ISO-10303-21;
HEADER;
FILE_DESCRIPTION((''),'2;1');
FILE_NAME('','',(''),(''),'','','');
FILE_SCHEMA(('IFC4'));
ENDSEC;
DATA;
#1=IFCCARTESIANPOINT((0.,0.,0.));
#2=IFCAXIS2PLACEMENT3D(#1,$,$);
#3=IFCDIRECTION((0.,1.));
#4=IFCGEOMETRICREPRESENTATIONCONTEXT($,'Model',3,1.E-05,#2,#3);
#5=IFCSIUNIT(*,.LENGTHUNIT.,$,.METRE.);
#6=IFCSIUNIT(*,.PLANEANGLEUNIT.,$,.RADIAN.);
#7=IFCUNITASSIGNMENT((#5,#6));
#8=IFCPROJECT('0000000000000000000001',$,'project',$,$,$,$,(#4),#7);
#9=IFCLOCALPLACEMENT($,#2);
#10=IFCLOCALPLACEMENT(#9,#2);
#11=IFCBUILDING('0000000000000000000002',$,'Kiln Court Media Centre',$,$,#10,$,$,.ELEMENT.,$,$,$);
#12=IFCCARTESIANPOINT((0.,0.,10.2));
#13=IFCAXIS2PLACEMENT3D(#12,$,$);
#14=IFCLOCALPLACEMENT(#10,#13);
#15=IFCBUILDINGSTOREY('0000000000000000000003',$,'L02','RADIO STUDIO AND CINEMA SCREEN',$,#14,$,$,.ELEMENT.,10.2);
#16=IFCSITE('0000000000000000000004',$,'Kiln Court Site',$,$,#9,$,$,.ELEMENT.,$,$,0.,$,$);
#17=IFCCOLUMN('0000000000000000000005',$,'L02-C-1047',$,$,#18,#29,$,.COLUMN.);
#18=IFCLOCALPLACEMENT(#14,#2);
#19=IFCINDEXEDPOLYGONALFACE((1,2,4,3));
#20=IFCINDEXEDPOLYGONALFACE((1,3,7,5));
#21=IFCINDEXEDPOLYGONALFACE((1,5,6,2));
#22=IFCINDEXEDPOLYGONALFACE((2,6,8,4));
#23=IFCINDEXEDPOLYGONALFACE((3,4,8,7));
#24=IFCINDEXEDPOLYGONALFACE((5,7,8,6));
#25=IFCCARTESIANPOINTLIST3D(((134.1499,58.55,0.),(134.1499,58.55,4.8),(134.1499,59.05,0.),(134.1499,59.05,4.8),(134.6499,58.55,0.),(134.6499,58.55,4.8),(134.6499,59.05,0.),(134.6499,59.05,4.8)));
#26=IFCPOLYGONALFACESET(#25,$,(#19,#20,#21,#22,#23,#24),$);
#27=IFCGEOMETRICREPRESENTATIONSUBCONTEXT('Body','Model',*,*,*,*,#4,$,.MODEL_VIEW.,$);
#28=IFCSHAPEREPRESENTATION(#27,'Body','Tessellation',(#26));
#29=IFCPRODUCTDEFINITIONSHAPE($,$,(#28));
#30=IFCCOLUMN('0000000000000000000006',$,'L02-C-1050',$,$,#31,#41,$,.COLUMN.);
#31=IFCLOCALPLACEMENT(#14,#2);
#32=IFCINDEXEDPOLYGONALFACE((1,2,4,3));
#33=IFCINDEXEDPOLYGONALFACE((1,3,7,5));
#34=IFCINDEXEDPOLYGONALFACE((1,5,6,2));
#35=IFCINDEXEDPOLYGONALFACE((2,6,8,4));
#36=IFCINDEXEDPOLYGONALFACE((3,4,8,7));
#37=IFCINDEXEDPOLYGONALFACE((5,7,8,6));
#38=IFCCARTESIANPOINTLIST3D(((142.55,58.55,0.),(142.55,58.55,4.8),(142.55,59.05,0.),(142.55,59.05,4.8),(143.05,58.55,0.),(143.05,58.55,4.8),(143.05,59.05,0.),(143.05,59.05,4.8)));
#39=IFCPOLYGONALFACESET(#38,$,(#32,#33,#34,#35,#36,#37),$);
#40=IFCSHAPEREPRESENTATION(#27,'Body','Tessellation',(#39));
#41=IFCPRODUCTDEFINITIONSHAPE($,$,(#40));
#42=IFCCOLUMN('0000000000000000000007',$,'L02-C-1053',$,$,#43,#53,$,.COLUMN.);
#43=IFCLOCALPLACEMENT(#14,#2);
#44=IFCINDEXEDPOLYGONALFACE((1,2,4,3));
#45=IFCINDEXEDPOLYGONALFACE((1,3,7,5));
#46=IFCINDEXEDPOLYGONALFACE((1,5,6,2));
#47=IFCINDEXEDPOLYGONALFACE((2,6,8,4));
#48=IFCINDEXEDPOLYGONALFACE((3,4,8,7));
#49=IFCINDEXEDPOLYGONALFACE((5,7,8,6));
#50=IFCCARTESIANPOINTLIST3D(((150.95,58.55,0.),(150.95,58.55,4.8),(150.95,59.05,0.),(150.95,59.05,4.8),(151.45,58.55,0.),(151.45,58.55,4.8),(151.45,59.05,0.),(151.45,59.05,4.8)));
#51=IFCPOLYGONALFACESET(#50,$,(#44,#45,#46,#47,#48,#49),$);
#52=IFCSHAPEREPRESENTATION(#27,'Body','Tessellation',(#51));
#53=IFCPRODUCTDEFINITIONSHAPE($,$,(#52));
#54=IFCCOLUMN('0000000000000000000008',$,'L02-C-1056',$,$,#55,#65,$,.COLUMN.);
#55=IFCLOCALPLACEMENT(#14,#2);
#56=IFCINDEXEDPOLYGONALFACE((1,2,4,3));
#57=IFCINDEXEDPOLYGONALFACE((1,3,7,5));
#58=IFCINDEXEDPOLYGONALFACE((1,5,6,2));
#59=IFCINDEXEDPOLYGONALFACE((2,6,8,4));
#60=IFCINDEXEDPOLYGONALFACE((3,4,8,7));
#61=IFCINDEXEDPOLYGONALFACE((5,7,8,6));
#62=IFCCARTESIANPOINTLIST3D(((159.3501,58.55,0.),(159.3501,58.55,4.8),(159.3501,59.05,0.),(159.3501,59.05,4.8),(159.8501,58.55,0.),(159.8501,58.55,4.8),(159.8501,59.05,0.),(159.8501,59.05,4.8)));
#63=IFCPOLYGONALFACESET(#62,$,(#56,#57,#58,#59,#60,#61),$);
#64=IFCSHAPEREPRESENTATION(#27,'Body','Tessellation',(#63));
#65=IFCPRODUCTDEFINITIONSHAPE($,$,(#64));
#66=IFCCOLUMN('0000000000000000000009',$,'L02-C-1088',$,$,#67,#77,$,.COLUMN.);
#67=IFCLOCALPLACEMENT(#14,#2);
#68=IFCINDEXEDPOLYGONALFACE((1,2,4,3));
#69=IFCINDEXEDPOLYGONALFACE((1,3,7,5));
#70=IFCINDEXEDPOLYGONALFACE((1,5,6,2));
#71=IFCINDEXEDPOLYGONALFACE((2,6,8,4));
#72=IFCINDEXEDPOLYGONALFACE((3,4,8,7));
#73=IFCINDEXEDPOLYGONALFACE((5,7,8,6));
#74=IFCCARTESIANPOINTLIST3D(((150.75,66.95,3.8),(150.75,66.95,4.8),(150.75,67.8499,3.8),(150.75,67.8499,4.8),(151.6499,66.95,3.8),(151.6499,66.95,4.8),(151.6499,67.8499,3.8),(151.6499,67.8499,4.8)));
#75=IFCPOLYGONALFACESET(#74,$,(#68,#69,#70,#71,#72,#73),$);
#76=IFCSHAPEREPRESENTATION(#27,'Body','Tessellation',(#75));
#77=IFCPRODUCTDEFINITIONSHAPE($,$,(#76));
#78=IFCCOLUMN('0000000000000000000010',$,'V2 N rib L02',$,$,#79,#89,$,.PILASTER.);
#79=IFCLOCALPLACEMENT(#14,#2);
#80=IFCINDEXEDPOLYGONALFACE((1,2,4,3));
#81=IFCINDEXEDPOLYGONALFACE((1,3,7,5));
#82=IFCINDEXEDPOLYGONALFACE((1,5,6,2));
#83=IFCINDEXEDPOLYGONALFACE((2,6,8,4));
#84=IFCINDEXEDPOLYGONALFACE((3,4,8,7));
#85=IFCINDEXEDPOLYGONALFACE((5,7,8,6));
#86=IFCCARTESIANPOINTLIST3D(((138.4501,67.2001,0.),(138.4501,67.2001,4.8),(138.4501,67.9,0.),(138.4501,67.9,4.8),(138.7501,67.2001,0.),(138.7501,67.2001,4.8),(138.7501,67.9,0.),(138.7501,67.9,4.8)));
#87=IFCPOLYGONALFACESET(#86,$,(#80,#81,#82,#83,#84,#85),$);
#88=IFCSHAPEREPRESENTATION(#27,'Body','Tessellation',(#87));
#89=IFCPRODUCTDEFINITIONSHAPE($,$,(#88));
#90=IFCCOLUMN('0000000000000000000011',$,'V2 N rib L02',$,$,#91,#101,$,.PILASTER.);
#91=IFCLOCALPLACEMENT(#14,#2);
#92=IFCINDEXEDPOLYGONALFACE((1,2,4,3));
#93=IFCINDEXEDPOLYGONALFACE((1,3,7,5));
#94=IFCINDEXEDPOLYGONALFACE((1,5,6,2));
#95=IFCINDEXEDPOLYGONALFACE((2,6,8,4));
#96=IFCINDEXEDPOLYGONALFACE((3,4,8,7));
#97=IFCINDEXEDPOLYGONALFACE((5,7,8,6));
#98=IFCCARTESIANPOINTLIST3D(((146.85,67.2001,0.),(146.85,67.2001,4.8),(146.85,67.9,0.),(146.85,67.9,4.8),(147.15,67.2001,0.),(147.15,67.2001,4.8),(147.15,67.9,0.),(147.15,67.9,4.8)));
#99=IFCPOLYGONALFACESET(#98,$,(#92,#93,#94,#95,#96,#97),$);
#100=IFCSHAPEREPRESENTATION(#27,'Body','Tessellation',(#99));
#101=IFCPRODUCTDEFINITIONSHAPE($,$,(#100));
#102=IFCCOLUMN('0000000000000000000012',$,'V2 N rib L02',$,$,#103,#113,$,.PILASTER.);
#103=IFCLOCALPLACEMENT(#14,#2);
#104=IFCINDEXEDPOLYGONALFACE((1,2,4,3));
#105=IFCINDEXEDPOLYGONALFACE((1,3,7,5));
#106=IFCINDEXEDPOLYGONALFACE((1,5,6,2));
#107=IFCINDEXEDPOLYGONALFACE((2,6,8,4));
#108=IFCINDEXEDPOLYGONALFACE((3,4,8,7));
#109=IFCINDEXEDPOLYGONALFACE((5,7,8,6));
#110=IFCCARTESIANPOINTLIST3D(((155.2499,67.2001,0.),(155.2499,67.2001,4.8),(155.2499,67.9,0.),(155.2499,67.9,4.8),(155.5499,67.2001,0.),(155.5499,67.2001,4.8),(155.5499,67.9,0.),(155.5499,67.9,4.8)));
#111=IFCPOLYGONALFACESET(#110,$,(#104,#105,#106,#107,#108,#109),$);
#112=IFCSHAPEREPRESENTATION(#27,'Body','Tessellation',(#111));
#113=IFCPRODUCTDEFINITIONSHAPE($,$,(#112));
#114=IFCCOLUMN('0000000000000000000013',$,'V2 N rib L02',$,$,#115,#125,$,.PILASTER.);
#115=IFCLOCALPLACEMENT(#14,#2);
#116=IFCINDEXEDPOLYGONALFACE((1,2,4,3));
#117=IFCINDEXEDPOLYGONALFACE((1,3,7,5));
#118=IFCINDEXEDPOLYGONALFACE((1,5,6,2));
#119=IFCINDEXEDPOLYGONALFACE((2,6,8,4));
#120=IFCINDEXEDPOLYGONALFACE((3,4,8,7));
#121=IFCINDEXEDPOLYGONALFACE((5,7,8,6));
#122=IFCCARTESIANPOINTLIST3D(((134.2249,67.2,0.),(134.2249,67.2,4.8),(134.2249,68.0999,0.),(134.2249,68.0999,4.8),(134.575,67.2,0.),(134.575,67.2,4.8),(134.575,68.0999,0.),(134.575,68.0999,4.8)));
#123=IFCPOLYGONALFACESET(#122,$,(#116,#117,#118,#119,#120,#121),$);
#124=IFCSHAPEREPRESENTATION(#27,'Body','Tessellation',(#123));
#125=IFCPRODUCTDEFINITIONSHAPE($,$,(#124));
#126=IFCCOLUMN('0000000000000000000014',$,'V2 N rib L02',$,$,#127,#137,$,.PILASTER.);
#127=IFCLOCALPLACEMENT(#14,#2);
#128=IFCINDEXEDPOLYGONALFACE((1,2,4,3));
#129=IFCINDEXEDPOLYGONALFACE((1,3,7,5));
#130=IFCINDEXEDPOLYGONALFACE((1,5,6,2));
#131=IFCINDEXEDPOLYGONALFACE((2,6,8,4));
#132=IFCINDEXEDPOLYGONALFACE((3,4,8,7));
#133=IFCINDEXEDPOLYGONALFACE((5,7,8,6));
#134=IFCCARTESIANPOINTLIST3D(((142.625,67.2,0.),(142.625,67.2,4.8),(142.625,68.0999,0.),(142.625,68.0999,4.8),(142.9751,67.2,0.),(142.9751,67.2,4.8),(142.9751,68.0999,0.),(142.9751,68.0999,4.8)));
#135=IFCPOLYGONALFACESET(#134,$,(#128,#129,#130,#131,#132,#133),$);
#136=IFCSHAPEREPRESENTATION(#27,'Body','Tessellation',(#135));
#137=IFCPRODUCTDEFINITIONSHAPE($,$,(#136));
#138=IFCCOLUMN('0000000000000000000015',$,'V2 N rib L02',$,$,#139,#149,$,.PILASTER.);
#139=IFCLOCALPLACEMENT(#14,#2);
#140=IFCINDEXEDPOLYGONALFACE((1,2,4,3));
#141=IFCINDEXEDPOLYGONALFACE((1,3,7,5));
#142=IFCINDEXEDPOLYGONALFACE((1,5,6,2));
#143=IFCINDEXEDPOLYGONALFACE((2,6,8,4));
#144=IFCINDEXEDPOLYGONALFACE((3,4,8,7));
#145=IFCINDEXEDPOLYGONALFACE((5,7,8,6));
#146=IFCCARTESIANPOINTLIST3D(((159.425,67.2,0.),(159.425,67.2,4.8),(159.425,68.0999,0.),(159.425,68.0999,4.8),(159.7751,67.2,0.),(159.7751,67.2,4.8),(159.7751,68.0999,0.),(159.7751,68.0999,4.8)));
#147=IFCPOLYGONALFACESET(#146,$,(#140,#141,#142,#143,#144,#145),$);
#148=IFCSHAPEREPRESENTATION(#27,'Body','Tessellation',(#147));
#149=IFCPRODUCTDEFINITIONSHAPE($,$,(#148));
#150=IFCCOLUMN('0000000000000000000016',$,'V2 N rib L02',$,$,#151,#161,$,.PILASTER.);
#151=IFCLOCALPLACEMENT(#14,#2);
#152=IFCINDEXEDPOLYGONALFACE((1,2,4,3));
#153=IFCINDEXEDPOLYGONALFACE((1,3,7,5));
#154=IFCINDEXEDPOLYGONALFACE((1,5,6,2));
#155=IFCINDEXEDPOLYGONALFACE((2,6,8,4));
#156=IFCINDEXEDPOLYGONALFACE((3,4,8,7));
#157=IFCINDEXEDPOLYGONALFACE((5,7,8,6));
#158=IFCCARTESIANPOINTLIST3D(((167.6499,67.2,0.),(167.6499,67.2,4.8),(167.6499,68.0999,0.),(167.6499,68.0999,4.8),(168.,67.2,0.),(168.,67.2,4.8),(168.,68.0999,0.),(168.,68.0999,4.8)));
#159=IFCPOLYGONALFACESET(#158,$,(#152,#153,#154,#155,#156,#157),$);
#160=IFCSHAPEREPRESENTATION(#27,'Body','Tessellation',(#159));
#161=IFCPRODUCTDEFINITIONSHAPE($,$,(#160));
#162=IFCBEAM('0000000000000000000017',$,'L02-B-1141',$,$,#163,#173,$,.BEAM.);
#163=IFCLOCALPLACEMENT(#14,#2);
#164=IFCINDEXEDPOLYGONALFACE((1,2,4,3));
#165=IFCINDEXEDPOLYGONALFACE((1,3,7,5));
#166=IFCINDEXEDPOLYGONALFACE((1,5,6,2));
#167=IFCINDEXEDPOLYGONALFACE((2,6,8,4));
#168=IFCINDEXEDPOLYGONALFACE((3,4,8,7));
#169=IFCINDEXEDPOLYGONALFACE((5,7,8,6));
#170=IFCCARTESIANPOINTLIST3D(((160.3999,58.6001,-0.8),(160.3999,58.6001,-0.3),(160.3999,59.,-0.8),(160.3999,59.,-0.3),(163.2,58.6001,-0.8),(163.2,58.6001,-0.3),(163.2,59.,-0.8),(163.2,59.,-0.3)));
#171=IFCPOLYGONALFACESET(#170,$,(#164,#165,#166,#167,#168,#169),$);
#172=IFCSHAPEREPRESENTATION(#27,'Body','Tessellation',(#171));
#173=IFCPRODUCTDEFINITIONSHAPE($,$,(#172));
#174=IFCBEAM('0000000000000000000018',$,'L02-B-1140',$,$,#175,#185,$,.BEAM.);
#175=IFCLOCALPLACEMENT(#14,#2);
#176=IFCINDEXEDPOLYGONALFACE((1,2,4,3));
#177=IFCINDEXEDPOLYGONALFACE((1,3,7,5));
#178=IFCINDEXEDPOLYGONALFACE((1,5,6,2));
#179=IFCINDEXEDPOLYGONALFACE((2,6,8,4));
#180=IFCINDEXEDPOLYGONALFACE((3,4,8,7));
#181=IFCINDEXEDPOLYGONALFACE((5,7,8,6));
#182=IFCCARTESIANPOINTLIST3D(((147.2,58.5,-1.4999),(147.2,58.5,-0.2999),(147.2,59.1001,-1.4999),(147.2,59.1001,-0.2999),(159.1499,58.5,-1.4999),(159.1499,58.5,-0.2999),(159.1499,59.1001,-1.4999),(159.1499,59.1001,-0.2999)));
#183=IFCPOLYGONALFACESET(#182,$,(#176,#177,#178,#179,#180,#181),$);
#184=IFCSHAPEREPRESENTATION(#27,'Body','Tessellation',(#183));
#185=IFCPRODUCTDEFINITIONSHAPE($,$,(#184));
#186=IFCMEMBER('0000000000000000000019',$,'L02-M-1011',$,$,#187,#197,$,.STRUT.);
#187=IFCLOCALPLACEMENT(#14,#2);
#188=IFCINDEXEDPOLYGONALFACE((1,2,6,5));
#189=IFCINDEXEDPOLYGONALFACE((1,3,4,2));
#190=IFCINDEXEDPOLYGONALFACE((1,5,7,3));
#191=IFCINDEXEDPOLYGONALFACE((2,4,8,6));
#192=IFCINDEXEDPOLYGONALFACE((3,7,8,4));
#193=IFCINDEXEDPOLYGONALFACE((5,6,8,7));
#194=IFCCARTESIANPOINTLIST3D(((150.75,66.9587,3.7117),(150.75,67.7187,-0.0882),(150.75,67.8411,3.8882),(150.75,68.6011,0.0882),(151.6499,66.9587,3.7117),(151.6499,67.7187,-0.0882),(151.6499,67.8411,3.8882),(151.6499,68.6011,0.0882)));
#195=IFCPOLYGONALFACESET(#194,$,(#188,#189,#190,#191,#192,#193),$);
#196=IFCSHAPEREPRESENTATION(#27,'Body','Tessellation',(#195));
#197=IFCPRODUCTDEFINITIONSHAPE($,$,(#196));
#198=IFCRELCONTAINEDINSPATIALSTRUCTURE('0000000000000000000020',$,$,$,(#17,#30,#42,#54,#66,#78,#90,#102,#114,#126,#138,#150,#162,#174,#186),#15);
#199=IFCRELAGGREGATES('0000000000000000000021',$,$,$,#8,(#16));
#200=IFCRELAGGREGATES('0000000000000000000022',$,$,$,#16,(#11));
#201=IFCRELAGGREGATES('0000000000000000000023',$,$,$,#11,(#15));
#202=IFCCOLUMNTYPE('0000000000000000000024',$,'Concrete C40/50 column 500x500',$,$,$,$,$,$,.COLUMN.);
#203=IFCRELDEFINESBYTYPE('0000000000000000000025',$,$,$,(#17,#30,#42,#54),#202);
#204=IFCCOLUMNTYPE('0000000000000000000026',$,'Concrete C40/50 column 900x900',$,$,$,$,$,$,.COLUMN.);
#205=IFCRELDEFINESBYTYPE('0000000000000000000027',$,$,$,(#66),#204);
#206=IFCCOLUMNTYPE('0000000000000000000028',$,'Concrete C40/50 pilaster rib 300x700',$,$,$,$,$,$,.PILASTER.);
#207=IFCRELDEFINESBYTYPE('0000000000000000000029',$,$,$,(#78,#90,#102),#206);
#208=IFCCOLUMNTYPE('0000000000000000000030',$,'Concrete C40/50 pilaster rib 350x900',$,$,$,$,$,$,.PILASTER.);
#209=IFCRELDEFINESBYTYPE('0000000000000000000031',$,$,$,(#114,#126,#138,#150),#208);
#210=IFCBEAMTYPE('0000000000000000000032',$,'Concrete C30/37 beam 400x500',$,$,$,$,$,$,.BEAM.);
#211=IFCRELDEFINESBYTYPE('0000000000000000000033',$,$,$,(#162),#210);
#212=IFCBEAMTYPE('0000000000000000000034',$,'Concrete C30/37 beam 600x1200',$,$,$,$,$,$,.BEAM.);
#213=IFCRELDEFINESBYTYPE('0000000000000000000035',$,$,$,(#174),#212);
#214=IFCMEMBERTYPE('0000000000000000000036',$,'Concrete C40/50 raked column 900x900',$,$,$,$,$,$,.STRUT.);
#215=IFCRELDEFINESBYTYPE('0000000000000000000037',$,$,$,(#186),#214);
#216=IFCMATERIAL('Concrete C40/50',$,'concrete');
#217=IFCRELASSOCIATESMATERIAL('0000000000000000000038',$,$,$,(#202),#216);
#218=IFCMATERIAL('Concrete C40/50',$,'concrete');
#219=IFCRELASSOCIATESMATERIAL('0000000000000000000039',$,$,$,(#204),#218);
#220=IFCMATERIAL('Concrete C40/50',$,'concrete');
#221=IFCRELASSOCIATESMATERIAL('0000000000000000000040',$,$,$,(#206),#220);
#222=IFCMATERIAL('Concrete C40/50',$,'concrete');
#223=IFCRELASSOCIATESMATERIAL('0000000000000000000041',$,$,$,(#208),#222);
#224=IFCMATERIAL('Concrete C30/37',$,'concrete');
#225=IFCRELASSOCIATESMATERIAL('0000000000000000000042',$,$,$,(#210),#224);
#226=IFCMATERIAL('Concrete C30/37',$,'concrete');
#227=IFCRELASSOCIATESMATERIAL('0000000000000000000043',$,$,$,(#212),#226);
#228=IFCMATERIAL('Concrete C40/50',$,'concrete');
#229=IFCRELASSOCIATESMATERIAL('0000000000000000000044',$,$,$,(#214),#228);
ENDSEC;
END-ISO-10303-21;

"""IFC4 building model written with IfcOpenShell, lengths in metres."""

from ifc_helpers import new_model, si_unit, direction, frame, origin, origin_2d, place, context, subcontext, project, spatial, rectangle, extrude, material, material_profile, profile_set, type_object, element, save


model = new_model("IFC4")

# Units and contexts
model_context = context("Model", 3, precision=1e-05, world=origin(), true_north=direction((0.0, 1.0)))
body_context = subcontext(model_context, "Body", "Model", "MODEL_VIEW")
ifc_project = project(units=[si_unit("LENGTHUNIT", "METRE"), si_unit("PLANEANGLEUNIT", "RADIAN")], contexts=[model_context])

# Site, building, storey
site_placement = place(None, origin())
site = spatial("IfcSite", under=ifc_project, at=site_placement, Name="Kiln Court Site", CompositionType="ELEMENT", RefElevation=0.0)
building_placement = place(site_placement, origin())
building = spatial("IfcBuilding", under=site, at=building_placement, Name="Kiln Court Media Centre", CompositionType="ELEMENT")
storey_placement = place(building_placement, frame((0.0, 0.0, 10.2)))
storey = spatial("IfcBuildingStorey", under=building, at=storey_placement, Name="L02", Description="RADIO STUDIO AND CINEMA SCREEN", CompositionType="ELEMENT", Elevation=10.2)

# Columns
ifc_material_1 = material(Name="Concrete C40/50", Category="concrete")
ifc_material_profile_1 = material_profile(ifc_material_1, rectangle(XDim=0.5, YDim=0.5, at=origin_2d()), Name="RC 500x500")
ifc_profile_set_1 = profile_set([ifc_material_profile_1], Name="Concrete C40/50")
column_type_1 = type_object("IfcColumnType", Name="Concrete C40/50 column 500x500", PredefinedType="COLUMN", material=ifc_profile_set_1)
for number, where, z_axis, x_axis, name in (
    (1, (134.3999, 58.8, 0.0), (0.0, 0.0, 1.0), (1.0, 0.0, 0.0), "L02-C-1047"),
    (2, (142.8, 58.8, 0.0), (0.0, 0.0, 1.0), (1.0, 0.0, 0.0), "L02-C-1050"),
    (3, (151.2, 58.8, 0.0), (0.0, 0.0, 1.0), (1.0, 0.0, 0.0), "L02-C-1053"),
    (4, (159.6001, 58.8, 0.0), (0.0, 0.0, 1.0), (1.0, 0.0, 0.0), "L02-C-1056"),
):
    element("IfcColumn", number, at=place(storey_placement, frame(where, z_axis=z_axis, x_axis=x_axis)), inside=storey, type_object=column_type_1, Name=name, PredefinedType="COLUMN", context=body_context, shape_type="SweptSolid", body=[
        extrude(rectangle(XDim=0.5, YDim=0.5, at=origin_2d()), origin(), (0.0, 0.0, 1.0), 4.8),
    ])
ifc_material_2 = material(Name="Concrete C40/50", Category="concrete")
ifc_material_profile_2 = material_profile(ifc_material_2, rectangle(XDim=0.8999, YDim=0.8999, at=origin_2d()), Name="RC 900x900")
ifc_profile_set_2 = profile_set([ifc_material_profile_2], Name="Concrete C40/50")
column_type_2 = type_object("IfcColumnType", Name="Concrete C40/50 column 900x900", PredefinedType="COLUMN", material=ifc_profile_set_2)
column_placement = place(storey_placement, frame((151.2, 67.3999, 3.8), z_axis=(0.0, 0.0, 1.0), x_axis=(1.0, 0.0, 0.0)))
element("IfcColumn", 5, at=column_placement, inside=storey, type_object=column_type_2, Name="L02-C-1088", PredefinedType="COLUMN", context=body_context, shape_type="SweptSolid", body=[
    extrude(rectangle(XDim=0.8999, YDim=0.8999, at=origin_2d()), origin(), (0.0, 0.0, 1.0), 1.0),
])
ifc_material_3 = material(Name="Concrete C40/50", Category="concrete")
ifc_material_profile_3 = material_profile(ifc_material_3, rectangle(XDim=0.3, YDim=0.7, at=origin_2d()), Name="RC 300x700")
ifc_profile_set_3 = profile_set([ifc_material_profile_3], Name="Concrete C40/50")
column_type_3 = type_object("IfcColumnType", Name="Concrete C40/50 pilaster rib 300x700", PredefinedType="PILASTER", material=ifc_profile_set_3)
for number, where, z_axis, x_axis, name in (
    (6, (138.6001, 67.55, 0.0), (0.0, 0.0, 1.0), (1.0, 0.0, 0.0), "V2 N rib L02"),
    (7, (147.0, 67.55, 0.0), (0.0, 0.0, 1.0), (1.0, 0.0, 0.0), "V2 N rib L02"),
    (8, (155.3999, 67.55, 0.0), (0.0, 0.0, 1.0), (1.0, 0.0, 0.0), "V2 N rib L02"),
):
    element("IfcColumn", number, at=place(storey_placement, frame(where, z_axis=z_axis, x_axis=x_axis)), inside=storey, type_object=column_type_3, Name=name, PredefinedType="PILASTER", context=body_context, shape_type="SweptSolid", body=[
        extrude(rectangle(XDim=0.3, YDim=0.7, at=origin_2d()), origin(), (0.0, 0.0, 1.0), 4.8),
    ])
ifc_material_4 = material(Name="Concrete C40/50", Category="concrete")
ifc_material_profile_4 = material_profile(ifc_material_4, rectangle(XDim=0.3501, YDim=0.8999, at=origin_2d()), Name="RC 350x900")
ifc_profile_set_4 = profile_set([ifc_material_profile_4], Name="Concrete C40/50")
column_type_4 = type_object("IfcColumnType", Name="Concrete C40/50 pilaster rib 350x900", PredefinedType="PILASTER", material=ifc_profile_set_4)
for number, where, z_axis, x_axis, name in (
    (9, (134.3999, 67.6499, 0.0), (0.0, 0.0, 1.0), (1.0, 0.0, 0.0), "V2 N rib L02"),
    (10, (142.8, 67.6499, 0.0), (0.0, 0.0, 1.0), (1.0, 0.0, 0.0), "V2 N rib L02"),
    (11, (159.6001, 67.6499, 0.0), (0.0, 0.0, 1.0), (1.0, 0.0, 0.0), "V2 N rib L02"),
    (12, (167.825, 67.6499, 0.0), (0.0, 0.0, 1.0), (1.0, 0.0, 0.0), "V2 N rib L02"),
):
    element("IfcColumn", number, at=place(storey_placement, frame(where, z_axis=z_axis, x_axis=x_axis)), inside=storey, type_object=column_type_4, Name=name, PredefinedType="PILASTER", context=body_context, shape_type="SweptSolid", body=[
        extrude(rectangle(XDim=0.3501, YDim=0.8999, at=origin_2d()), origin(), (0.0, 0.0, 1.0), 4.8),
    ])

# Beams
ifc_material_5 = material(Name="Concrete C30/37", Category="concrete")
ifc_material_profile_5 = material_profile(ifc_material_5, rectangle(XDim=0.3999, YDim=0.5, at=origin_2d()), Name="RC 400x500")
ifc_profile_set_5 = profile_set([ifc_material_profile_5], Name="Concrete C30/37")
beam_type_1 = type_object("IfcBeamType", Name="Concrete C30/37 beam 400x500", PredefinedType="BEAM", material=ifc_profile_set_5)
beam_1_placement = place(storey_placement, frame((160.3999, 58.8, -0.55), z_axis=(1.0, 0.0, 0.0), x_axis=(0.0, 1.0, 0.0)))
element("IfcBeam", 13, at=beam_1_placement, inside=storey, type_object=beam_type_1, Name="L02-B-1141", PredefinedType="BEAM", context=body_context, shape_type="SweptSolid", body=[
    extrude(rectangle(XDim=0.3999, YDim=0.5, at=origin_2d()), origin(), (0.0, 0.0, 1.0), 2.8),
])
ifc_material_6 = material(Name="Concrete C30/37", Category="concrete")
ifc_material_profile_6 = material_profile(ifc_material_6, rectangle(XDim=0.6001, YDim=1.2, at=origin_2d()), Name="RC 600x1200")
ifc_profile_set_6 = profile_set([ifc_material_profile_6], Name="Concrete C30/37")
beam_type_2 = type_object("IfcBeamType", Name="Concrete C30/37 beam 600x1200", PredefinedType="BEAM", material=ifc_profile_set_6)
beam_2_placement = place(storey_placement, frame((147.2, 58.8, -0.8999), z_axis=(1.0, 0.0, 0.0), x_axis=(0.0, 1.0, 0.0)))
element("IfcBeam", 14, at=beam_2_placement, inside=storey, type_object=beam_type_2, Name="L02-B-1140", PredefinedType="BEAM", context=body_context, shape_type="SweptSolid", body=[
    extrude(rectangle(XDim=0.6001, YDim=1.2, at=origin_2d()), origin(), (0.0, 0.0, 1.0), 11.95),
])

# Member
ifc_material_7 = material(Name="Concrete C40/50", Category="concrete")
ifc_material_profile_7 = material_profile(ifc_material_7, rectangle(XDim=0.8999, YDim=0.8999, at=origin_2d()), Name="RC 900x900")
ifc_profile_set_7 = profile_set([ifc_material_profile_7], Name="Concrete C40/50")
member_type = type_object("IfcMemberType", Name="Concrete C40/50 raked column 900x900", PredefinedType="STRUT", material=ifc_profile_set_7)
member_placement = place(storey_placement, frame((151.2, 68.1599, 0.0), z_axis=(0.0, -0.196116, 0.980581), x_axis=(1.0, 0.0, 0.0)))
element("IfcMember", 15, at=member_placement, inside=storey, type_object=member_type, Name="L02-M-1011", PredefinedType="STRUT", context=body_context, shape_type="SweptSolid", body=[
    extrude(rectangle(XDim=0.8999, YDim=0.8999, at=origin_2d()), origin(), (0.0, 0.0, 1.0), 3.8752),
])

save(model, "model.ifc")
